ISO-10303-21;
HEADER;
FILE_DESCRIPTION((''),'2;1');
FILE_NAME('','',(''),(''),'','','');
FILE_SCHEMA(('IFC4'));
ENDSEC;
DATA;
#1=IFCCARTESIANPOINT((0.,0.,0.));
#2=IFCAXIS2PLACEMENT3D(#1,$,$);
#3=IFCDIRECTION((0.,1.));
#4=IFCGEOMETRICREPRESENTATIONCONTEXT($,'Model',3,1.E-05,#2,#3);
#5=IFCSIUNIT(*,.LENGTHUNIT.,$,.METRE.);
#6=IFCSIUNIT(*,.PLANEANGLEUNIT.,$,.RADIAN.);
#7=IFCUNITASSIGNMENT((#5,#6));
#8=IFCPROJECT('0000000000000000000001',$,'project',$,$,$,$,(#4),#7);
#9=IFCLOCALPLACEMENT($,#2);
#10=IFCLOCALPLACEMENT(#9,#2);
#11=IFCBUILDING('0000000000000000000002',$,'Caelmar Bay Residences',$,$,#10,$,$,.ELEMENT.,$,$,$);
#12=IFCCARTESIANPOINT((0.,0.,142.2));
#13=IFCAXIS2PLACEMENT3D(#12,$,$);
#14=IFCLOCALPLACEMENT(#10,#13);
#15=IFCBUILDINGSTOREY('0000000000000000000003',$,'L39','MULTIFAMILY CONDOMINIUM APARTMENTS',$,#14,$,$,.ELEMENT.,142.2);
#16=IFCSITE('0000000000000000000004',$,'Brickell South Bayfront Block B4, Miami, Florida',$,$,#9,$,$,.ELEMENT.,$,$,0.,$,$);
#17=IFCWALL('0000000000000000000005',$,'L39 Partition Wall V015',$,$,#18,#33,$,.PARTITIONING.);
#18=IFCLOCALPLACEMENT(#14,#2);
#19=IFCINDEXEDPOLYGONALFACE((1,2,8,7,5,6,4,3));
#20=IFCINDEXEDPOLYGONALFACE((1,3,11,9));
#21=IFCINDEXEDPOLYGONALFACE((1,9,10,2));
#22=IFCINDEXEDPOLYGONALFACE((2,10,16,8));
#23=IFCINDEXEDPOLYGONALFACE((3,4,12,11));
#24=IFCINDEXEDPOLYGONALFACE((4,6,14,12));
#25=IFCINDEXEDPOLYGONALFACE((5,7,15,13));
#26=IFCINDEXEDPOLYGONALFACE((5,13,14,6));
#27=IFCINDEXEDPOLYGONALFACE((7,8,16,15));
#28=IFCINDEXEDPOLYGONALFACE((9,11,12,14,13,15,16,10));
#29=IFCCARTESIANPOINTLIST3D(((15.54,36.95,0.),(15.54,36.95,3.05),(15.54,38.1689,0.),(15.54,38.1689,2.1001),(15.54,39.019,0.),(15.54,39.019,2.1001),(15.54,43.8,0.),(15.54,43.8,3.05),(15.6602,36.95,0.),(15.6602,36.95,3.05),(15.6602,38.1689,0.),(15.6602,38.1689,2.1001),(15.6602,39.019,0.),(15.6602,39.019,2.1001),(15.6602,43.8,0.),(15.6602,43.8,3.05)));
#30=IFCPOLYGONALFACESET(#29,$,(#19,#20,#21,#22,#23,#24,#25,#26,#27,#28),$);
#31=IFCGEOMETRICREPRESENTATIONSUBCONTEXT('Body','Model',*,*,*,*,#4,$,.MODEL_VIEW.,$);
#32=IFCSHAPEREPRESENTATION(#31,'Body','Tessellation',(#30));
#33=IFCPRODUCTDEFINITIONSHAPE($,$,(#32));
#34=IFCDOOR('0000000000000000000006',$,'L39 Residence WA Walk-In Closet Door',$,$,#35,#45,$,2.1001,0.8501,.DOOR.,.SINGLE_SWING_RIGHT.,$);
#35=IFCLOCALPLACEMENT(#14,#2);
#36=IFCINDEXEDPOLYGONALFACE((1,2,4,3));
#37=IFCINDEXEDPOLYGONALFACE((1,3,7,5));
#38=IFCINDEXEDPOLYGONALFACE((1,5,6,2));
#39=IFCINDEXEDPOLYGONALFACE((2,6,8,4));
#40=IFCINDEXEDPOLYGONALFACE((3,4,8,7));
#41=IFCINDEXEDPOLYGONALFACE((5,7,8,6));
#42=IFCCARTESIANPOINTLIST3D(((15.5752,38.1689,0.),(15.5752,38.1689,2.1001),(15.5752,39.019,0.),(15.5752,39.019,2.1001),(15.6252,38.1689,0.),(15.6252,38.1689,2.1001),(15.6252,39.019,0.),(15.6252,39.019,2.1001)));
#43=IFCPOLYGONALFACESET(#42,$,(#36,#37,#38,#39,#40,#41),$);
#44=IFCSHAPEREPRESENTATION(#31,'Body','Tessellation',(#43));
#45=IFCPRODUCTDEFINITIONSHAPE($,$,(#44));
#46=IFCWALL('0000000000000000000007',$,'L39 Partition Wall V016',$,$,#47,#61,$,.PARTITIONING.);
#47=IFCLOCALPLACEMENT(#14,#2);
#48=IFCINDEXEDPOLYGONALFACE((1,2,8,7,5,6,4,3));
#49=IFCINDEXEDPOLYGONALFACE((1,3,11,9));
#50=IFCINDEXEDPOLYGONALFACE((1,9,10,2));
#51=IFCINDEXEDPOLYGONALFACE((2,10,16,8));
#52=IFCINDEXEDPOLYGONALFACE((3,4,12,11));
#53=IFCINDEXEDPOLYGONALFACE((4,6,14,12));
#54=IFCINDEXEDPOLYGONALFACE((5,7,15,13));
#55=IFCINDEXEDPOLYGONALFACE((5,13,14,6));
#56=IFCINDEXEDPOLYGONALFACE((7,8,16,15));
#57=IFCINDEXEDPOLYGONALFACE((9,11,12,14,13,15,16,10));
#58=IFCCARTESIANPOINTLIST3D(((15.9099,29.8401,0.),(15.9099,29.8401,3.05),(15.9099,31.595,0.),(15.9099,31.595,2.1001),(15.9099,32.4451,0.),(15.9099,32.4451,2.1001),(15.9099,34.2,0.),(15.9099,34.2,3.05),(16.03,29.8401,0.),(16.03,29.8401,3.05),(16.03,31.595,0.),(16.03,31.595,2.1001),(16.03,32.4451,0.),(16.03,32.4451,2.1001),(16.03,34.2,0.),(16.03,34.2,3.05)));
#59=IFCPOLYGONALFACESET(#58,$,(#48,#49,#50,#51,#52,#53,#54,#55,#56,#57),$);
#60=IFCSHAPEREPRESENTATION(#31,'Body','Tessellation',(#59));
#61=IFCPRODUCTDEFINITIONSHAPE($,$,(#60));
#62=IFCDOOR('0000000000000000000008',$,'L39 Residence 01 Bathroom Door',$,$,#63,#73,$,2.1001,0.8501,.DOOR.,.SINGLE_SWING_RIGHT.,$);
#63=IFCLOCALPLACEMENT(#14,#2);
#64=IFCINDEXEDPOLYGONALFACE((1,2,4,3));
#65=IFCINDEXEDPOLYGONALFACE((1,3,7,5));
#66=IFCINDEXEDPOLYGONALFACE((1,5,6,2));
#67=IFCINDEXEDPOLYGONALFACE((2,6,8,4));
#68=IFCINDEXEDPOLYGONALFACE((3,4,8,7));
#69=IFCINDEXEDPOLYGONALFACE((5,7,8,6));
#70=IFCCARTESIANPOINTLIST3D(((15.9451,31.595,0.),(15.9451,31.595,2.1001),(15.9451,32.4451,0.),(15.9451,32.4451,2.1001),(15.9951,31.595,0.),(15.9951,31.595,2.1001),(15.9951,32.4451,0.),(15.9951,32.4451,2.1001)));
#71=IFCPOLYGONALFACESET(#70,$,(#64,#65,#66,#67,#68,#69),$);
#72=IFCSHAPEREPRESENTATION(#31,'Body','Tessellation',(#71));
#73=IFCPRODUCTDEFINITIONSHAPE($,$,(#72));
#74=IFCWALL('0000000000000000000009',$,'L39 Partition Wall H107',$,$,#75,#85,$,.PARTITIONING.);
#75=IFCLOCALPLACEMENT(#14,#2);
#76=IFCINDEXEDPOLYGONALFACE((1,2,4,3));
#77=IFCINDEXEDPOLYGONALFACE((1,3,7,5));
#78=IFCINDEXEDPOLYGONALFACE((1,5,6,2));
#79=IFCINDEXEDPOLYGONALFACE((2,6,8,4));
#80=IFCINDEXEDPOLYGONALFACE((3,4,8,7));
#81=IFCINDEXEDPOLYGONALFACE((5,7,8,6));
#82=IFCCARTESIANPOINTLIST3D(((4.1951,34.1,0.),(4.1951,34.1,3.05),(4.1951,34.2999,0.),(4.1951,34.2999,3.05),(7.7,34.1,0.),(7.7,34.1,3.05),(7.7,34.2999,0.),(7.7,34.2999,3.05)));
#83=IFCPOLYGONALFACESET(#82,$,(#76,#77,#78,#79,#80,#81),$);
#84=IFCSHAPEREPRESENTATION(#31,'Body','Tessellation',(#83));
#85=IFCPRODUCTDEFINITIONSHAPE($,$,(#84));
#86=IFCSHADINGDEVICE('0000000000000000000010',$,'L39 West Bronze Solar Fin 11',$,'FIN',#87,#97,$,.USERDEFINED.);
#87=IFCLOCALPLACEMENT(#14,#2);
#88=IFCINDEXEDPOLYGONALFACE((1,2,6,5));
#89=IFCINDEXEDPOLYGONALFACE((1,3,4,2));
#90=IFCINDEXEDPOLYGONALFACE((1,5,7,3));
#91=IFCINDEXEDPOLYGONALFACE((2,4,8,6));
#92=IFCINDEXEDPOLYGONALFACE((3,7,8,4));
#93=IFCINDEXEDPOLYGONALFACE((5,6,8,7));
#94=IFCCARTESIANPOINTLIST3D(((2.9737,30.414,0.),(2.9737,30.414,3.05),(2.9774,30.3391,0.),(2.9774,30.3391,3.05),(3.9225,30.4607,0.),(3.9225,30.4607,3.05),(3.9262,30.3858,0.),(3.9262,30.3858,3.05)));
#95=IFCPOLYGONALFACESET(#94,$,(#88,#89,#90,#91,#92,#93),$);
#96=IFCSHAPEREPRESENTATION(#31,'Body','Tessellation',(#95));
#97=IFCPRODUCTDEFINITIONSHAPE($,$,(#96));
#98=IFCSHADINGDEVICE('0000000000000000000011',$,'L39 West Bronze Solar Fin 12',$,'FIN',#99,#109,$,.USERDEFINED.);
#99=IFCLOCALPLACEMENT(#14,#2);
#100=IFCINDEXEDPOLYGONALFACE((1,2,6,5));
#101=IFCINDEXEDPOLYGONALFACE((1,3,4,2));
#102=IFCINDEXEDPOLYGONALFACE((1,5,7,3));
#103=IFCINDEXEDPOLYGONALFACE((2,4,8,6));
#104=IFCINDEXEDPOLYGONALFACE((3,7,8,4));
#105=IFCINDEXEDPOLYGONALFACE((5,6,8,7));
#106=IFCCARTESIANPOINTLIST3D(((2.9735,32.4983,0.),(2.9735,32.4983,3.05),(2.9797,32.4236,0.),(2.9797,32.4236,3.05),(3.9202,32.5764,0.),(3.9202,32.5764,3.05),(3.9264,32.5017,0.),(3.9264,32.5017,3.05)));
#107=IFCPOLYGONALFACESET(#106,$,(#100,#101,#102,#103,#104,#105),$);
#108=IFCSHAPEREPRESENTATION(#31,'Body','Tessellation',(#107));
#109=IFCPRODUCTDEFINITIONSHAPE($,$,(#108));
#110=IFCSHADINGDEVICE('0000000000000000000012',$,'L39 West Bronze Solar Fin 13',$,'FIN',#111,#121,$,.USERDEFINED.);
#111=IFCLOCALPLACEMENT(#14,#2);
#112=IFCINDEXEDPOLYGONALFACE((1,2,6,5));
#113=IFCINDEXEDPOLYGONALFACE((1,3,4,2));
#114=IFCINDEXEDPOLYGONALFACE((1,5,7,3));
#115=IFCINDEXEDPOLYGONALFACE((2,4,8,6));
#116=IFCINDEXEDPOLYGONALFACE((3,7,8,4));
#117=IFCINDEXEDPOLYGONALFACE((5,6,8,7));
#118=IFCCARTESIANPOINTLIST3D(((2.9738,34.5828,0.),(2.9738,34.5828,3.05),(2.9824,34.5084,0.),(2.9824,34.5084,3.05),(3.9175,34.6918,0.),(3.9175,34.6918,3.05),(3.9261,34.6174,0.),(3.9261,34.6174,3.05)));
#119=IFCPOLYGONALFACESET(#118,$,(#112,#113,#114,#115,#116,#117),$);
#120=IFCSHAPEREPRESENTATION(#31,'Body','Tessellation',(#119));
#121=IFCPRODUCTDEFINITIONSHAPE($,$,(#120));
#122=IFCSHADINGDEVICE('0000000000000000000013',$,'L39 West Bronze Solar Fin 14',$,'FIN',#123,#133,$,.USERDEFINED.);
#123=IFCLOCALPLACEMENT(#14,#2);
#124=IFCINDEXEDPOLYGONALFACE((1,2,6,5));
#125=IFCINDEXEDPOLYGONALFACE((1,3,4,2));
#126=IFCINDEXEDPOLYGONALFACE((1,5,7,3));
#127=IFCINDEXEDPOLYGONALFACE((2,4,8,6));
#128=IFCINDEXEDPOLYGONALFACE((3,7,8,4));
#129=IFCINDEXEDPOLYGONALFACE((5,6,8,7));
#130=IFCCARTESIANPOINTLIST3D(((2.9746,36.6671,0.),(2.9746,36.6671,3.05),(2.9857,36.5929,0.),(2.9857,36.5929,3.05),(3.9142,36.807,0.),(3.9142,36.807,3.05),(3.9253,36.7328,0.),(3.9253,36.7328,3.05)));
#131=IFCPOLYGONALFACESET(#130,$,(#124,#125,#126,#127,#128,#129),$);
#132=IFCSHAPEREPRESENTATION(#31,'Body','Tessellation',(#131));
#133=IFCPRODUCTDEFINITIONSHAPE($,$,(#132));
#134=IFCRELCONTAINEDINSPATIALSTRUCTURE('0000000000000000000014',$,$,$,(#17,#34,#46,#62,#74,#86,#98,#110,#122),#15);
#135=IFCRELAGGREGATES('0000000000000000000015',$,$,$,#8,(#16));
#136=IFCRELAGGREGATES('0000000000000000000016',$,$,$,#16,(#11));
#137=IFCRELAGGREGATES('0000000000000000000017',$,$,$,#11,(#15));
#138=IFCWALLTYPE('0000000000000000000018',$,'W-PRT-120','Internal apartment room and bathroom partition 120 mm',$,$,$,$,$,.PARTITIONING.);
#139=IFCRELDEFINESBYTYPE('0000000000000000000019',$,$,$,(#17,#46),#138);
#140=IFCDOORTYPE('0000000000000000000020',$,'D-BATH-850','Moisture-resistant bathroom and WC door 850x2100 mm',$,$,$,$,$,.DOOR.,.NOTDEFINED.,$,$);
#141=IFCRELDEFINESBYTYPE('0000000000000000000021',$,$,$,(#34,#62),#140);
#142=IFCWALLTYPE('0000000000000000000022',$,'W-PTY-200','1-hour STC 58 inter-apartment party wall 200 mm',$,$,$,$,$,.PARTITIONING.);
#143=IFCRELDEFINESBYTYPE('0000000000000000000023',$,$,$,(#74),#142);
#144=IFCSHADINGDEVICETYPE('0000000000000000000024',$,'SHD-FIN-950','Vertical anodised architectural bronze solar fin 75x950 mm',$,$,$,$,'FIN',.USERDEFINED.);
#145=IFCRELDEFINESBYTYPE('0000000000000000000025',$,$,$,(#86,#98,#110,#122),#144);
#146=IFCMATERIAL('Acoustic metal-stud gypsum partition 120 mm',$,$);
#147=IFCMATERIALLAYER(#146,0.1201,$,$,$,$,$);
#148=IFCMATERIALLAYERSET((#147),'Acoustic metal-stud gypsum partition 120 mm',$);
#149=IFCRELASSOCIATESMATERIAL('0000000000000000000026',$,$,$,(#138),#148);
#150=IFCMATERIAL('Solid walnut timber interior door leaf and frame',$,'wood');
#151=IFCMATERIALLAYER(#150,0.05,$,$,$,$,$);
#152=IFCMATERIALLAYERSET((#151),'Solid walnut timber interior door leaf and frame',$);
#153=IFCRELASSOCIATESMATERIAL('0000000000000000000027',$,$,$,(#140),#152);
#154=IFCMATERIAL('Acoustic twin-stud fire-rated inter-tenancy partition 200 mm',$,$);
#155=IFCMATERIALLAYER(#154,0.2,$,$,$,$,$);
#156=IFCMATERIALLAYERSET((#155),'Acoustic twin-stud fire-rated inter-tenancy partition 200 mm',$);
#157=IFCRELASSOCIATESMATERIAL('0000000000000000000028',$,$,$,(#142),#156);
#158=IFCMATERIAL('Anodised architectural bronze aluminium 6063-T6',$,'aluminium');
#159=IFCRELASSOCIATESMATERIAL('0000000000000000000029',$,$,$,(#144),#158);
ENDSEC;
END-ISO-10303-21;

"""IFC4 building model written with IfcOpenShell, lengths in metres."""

from ifc_helpers import new_model, si_unit, direction, frame, frame_2d, origin, origin_2d, place, context, subcontext, project, spatial, rectangle, extrude, material, layer, layer_set, material_profile, profile_set, type_object, element, fill, save


model = new_model("IFC4")

# Units and contexts
model_context = context("Model", 3, precision=1e-05, world=origin(), true_north=direction((0.0, 1.0)))
body_context = subcontext(model_context, "Body", "Model", "MODEL_VIEW")
ifc_project = project(units=[si_unit("LENGTHUNIT", "METRE"), si_unit("PLANEANGLEUNIT", "RADIAN")], contexts=[model_context])

# Site, building, storey
site_placement = place(None, origin())
site = spatial("IfcSite", under=ifc_project, at=site_placement, Name="Brickell South Bayfront Block B4, Miami, Florida", CompositionType="ELEMENT", RefElevation=0.0)
building_placement = place(site_placement, origin())
building = spatial("IfcBuilding", under=site, at=building_placement, Name="Caelmar Bay Residences", CompositionType="ELEMENT")
storey_placement = place(building_placement, frame((0.0, 0.0, 142.2)))
storey = spatial("IfcBuildingStorey", under=building, at=storey_placement, Name="L39", Description="MULTIFAMILY CONDOMINIUM APARTMENTS", CompositionType="ELEMENT", Elevation=142.2)

# Shared definitions
ifc_material_1 = material(Name="Solid walnut timber interior door leaf and frame", Category="wood")

# Shared definitions
ifc_material_2 = material(Name="Acoustic metal-stud gypsum partition 120 mm")
ifc_layer_1 = layer(ifc_material_2, 0.1201)
ifc_layer_set_1 = layer_set([ifc_layer_1], Name="Acoustic metal-stud gypsum partition 120 mm")
wall_type_1 = type_object("IfcWallType", Name="W-PRT-120", Description="Internal apartment room and bathroom partition 120 mm", PredefinedType="PARTITIONING", material=ifc_layer_set_1)

# Walls, openings, doors
wall_1_placement = place(storey_placement, frame((15.6001, 36.95, 0.0), z_axis=(0.0, 0.0, 1.0), x_axis=(0.0, 1.0, 0.0)))
wall_1 = element("IfcWall", 1, at=wall_1_placement, inside=storey, type_object=wall_type_1, Name="L39 Partition Wall V015", PredefinedType="PARTITIONING", context=body_context, shape_type="SweptSolid", body=[
    extrude(rectangle(XDim=6.8501, YDim=0.1201, at=frame_2d((3.425, 0.0))), origin(), (0.0, 0.0, 1.0), 3.05),
])
opening_1_placement = place(wall_1_placement, frame((1.219, 0.0, 0.0)))
opening_1 = element("IfcOpeningElement", 2, at=opening_1_placement, cuts=wall_1, PredefinedType="OPENING", context=body_context, shape_type="SweptSolid", body=[
    extrude(rectangle(XDim=0.8501, YDim=2.1001, at=frame_2d((0.425, 1.05))), frame((0.0, 0.0701, 0.0), z_axis=(0.0, -1.0, 0.0), x_axis=(1.0, 0.0, 0.0)), (0.0, 0.0, 1.0), 0.1401),
])
ifc_layer_2 = layer(ifc_material_1, 0.05)
ifc_layer_set_2 = layer_set([ifc_layer_2], Name="Solid walnut timber interior door leaf and frame")
door_type_1 = type_object("IfcDoorType", Name="D-BATH-850", Description="Moisture-resistant bathroom and WC door 850x2100 mm", OperationType="NOTDEFINED", PredefinedType="DOOR", material=ifc_layer_set_2)
door_1_placement = place(opening_1_placement, origin())
door_1 = element("IfcDoor", 3, at=door_1_placement, inside=storey, type_object=door_type_1, Name="L39 Residence WA Walk-In Closet Door", OperationType="SINGLE_SWING_RIGHT", OverallHeight=2.1001, OverallWidth=0.8501, PredefinedType="DOOR", context=body_context, shape_type="SweptSolid", body=[
    extrude(rectangle(XDim=0.8501, YDim=2.1001, at=frame_2d((0.425, 1.05))), frame((0.0, 0.0249, 0.0), z_axis=(0.0, -1.0, 0.0), x_axis=(1.0, 0.0, 0.0)), (0.0, 0.0, 1.0), 0.05),
])
fill(opening_1, door_1)
wall_2_placement = place(storey_placement, frame((15.97, 29.8401, 0.0), z_axis=(0.0, 0.0, 1.0), x_axis=(0.0, 1.0, 0.0)))
wall_2 = element("IfcWall", 4, at=wall_2_placement, inside=storey, type_object=wall_type_1, Name="L39 Partition Wall V016", PredefinedType="PARTITIONING", context=body_context, shape_type="SweptSolid", body=[
    extrude(rectangle(XDim=4.3599, YDim=0.1201, at=frame_2d((2.1799, 0.0))), origin(), (0.0, 0.0, 1.0), 3.05),
])
opening_2_placement = place(wall_2_placement, frame((1.7549, 0.0, 0.0)))
opening_2 = element("IfcOpeningElement", 5, at=opening_2_placement, cuts=wall_2, PredefinedType="OPENING", context=body_context, shape_type="SweptSolid", body=[
    extrude(rectangle(XDim=0.8501, YDim=2.1001, at=frame_2d((0.425, 1.05))), frame((0.0, 0.0701, 0.0), z_axis=(0.0, -1.0, 0.0), x_axis=(1.0, 0.0, 0.0)), (0.0, 0.0, 1.0), 0.1401),
])
door_2_placement = place(opening_2_placement, origin())
door_2 = element("IfcDoor", 6, at=door_2_placement, inside=storey, type_object=door_type_1, Name="L39 Residence 01 Bathroom Door", OperationType="SINGLE_SWING_RIGHT", OverallHeight=2.1001, OverallWidth=0.8501, PredefinedType="DOOR", context=body_context, shape_type="SweptSolid", body=[
    extrude(rectangle(XDim=0.8501, YDim=2.1001, at=frame_2d((0.425, 1.05))), frame((0.0, 0.0249, 0.0), z_axis=(0.0, -1.0, 0.0), x_axis=(1.0, 0.0, 0.0)), (0.0, 0.0, 1.0), 0.05),
])
fill(opening_2, door_2)

# Wall
ifc_material_3 = material(Name="Acoustic twin-stud fire-rated inter-tenancy partition 200 mm")
ifc_layer_3 = layer(ifc_material_3, 0.2)
ifc_layer_set_3 = layer_set([ifc_layer_3], Name="Acoustic twin-stud fire-rated inter-tenancy partition 200 mm")
wall_type_2 = type_object("IfcWallType", Name="W-PTY-200", Description="1-hour STC 58 inter-apartment party wall 200 mm", PredefinedType="PARTITIONING", material=ifc_layer_set_3)
wall_3_placement = place(storey_placement, frame((4.1951, 34.2, 0.0), z_axis=(0.0, 0.0, 1.0), x_axis=(1.0, 0.0, 0.0)))
element("IfcWall", 7, at=wall_3_placement, inside=storey, type_object=wall_type_2, Name="L39 Partition Wall H107", PredefinedType="PARTITIONING", context=body_context, shape_type="SweptSolid", body=[
    extrude(rectangle(XDim=3.5049, YDim=0.2, at=frame_2d((1.7524, 0.0))), origin(), (0.0, 0.0, 1.0), 3.05),
])

# Shading devices
ifc_material_4 = material(Name="Anodised architectural bronze aluminium 6063-T6", Category="aluminium")
ifc_material_profile = material_profile(ifc_material_4, rectangle(XDim=0.075, YDim=0.95, at=origin_2d()), Name="BRONZE-FIN-75X950")
ifc_profile_set = profile_set([ifc_material_profile], Name="Anodised architectural bronze aluminium 6063-T6")
shading_device_type = type_object("IfcShadingDeviceType", Name="SHD-FIN-950", Description="Vertical anodised architectural bronze solar fin 75x950 mm", ElementType="FIN", PredefinedType="USERDEFINED", material=ifc_profile_set)
for number, where, z_axis, x_axis, name in (
    (8, (3.45, 30.3999, 0.0), (0.0, 0.0, 1.0), (-0.049198, 0.998789, 0.0), "L39 West Bronze Solar Fin 11"),
    (9, (3.45, 32.5, 0.0), (0.0, 0.0, 1.0), (-0.082112, 0.996623, 0.0), "L39 West Bronze Solar Fin 12"),
    (10, (3.45, 34.6001, 0.0), (0.0, 0.0, 1.0), (-0.114764, 0.993393, 0.0), "L39 West Bronze Solar Fin 13"),
    (11, (3.45, 36.7, 0.0), (0.0, 0.0, 1.0), (-0.147292, 0.989093, 0.0), "L39 West Bronze Solar Fin 14"),
):
    element("IfcShadingDevice", number, at=place(storey_placement, frame(where, z_axis=z_axis, x_axis=x_axis)), inside=storey, type_object=shading_device_type, Name=name, ObjectType="FIN", PredefinedType="USERDEFINED", context=body_context, shape_type="SweptSolid", body=[
        extrude(rectangle(XDim=0.075, YDim=0.95, at=origin_2d()), origin(), (0.0, 0.0, 1.0), 3.05),
    ])

save(model, "model.ifc")
